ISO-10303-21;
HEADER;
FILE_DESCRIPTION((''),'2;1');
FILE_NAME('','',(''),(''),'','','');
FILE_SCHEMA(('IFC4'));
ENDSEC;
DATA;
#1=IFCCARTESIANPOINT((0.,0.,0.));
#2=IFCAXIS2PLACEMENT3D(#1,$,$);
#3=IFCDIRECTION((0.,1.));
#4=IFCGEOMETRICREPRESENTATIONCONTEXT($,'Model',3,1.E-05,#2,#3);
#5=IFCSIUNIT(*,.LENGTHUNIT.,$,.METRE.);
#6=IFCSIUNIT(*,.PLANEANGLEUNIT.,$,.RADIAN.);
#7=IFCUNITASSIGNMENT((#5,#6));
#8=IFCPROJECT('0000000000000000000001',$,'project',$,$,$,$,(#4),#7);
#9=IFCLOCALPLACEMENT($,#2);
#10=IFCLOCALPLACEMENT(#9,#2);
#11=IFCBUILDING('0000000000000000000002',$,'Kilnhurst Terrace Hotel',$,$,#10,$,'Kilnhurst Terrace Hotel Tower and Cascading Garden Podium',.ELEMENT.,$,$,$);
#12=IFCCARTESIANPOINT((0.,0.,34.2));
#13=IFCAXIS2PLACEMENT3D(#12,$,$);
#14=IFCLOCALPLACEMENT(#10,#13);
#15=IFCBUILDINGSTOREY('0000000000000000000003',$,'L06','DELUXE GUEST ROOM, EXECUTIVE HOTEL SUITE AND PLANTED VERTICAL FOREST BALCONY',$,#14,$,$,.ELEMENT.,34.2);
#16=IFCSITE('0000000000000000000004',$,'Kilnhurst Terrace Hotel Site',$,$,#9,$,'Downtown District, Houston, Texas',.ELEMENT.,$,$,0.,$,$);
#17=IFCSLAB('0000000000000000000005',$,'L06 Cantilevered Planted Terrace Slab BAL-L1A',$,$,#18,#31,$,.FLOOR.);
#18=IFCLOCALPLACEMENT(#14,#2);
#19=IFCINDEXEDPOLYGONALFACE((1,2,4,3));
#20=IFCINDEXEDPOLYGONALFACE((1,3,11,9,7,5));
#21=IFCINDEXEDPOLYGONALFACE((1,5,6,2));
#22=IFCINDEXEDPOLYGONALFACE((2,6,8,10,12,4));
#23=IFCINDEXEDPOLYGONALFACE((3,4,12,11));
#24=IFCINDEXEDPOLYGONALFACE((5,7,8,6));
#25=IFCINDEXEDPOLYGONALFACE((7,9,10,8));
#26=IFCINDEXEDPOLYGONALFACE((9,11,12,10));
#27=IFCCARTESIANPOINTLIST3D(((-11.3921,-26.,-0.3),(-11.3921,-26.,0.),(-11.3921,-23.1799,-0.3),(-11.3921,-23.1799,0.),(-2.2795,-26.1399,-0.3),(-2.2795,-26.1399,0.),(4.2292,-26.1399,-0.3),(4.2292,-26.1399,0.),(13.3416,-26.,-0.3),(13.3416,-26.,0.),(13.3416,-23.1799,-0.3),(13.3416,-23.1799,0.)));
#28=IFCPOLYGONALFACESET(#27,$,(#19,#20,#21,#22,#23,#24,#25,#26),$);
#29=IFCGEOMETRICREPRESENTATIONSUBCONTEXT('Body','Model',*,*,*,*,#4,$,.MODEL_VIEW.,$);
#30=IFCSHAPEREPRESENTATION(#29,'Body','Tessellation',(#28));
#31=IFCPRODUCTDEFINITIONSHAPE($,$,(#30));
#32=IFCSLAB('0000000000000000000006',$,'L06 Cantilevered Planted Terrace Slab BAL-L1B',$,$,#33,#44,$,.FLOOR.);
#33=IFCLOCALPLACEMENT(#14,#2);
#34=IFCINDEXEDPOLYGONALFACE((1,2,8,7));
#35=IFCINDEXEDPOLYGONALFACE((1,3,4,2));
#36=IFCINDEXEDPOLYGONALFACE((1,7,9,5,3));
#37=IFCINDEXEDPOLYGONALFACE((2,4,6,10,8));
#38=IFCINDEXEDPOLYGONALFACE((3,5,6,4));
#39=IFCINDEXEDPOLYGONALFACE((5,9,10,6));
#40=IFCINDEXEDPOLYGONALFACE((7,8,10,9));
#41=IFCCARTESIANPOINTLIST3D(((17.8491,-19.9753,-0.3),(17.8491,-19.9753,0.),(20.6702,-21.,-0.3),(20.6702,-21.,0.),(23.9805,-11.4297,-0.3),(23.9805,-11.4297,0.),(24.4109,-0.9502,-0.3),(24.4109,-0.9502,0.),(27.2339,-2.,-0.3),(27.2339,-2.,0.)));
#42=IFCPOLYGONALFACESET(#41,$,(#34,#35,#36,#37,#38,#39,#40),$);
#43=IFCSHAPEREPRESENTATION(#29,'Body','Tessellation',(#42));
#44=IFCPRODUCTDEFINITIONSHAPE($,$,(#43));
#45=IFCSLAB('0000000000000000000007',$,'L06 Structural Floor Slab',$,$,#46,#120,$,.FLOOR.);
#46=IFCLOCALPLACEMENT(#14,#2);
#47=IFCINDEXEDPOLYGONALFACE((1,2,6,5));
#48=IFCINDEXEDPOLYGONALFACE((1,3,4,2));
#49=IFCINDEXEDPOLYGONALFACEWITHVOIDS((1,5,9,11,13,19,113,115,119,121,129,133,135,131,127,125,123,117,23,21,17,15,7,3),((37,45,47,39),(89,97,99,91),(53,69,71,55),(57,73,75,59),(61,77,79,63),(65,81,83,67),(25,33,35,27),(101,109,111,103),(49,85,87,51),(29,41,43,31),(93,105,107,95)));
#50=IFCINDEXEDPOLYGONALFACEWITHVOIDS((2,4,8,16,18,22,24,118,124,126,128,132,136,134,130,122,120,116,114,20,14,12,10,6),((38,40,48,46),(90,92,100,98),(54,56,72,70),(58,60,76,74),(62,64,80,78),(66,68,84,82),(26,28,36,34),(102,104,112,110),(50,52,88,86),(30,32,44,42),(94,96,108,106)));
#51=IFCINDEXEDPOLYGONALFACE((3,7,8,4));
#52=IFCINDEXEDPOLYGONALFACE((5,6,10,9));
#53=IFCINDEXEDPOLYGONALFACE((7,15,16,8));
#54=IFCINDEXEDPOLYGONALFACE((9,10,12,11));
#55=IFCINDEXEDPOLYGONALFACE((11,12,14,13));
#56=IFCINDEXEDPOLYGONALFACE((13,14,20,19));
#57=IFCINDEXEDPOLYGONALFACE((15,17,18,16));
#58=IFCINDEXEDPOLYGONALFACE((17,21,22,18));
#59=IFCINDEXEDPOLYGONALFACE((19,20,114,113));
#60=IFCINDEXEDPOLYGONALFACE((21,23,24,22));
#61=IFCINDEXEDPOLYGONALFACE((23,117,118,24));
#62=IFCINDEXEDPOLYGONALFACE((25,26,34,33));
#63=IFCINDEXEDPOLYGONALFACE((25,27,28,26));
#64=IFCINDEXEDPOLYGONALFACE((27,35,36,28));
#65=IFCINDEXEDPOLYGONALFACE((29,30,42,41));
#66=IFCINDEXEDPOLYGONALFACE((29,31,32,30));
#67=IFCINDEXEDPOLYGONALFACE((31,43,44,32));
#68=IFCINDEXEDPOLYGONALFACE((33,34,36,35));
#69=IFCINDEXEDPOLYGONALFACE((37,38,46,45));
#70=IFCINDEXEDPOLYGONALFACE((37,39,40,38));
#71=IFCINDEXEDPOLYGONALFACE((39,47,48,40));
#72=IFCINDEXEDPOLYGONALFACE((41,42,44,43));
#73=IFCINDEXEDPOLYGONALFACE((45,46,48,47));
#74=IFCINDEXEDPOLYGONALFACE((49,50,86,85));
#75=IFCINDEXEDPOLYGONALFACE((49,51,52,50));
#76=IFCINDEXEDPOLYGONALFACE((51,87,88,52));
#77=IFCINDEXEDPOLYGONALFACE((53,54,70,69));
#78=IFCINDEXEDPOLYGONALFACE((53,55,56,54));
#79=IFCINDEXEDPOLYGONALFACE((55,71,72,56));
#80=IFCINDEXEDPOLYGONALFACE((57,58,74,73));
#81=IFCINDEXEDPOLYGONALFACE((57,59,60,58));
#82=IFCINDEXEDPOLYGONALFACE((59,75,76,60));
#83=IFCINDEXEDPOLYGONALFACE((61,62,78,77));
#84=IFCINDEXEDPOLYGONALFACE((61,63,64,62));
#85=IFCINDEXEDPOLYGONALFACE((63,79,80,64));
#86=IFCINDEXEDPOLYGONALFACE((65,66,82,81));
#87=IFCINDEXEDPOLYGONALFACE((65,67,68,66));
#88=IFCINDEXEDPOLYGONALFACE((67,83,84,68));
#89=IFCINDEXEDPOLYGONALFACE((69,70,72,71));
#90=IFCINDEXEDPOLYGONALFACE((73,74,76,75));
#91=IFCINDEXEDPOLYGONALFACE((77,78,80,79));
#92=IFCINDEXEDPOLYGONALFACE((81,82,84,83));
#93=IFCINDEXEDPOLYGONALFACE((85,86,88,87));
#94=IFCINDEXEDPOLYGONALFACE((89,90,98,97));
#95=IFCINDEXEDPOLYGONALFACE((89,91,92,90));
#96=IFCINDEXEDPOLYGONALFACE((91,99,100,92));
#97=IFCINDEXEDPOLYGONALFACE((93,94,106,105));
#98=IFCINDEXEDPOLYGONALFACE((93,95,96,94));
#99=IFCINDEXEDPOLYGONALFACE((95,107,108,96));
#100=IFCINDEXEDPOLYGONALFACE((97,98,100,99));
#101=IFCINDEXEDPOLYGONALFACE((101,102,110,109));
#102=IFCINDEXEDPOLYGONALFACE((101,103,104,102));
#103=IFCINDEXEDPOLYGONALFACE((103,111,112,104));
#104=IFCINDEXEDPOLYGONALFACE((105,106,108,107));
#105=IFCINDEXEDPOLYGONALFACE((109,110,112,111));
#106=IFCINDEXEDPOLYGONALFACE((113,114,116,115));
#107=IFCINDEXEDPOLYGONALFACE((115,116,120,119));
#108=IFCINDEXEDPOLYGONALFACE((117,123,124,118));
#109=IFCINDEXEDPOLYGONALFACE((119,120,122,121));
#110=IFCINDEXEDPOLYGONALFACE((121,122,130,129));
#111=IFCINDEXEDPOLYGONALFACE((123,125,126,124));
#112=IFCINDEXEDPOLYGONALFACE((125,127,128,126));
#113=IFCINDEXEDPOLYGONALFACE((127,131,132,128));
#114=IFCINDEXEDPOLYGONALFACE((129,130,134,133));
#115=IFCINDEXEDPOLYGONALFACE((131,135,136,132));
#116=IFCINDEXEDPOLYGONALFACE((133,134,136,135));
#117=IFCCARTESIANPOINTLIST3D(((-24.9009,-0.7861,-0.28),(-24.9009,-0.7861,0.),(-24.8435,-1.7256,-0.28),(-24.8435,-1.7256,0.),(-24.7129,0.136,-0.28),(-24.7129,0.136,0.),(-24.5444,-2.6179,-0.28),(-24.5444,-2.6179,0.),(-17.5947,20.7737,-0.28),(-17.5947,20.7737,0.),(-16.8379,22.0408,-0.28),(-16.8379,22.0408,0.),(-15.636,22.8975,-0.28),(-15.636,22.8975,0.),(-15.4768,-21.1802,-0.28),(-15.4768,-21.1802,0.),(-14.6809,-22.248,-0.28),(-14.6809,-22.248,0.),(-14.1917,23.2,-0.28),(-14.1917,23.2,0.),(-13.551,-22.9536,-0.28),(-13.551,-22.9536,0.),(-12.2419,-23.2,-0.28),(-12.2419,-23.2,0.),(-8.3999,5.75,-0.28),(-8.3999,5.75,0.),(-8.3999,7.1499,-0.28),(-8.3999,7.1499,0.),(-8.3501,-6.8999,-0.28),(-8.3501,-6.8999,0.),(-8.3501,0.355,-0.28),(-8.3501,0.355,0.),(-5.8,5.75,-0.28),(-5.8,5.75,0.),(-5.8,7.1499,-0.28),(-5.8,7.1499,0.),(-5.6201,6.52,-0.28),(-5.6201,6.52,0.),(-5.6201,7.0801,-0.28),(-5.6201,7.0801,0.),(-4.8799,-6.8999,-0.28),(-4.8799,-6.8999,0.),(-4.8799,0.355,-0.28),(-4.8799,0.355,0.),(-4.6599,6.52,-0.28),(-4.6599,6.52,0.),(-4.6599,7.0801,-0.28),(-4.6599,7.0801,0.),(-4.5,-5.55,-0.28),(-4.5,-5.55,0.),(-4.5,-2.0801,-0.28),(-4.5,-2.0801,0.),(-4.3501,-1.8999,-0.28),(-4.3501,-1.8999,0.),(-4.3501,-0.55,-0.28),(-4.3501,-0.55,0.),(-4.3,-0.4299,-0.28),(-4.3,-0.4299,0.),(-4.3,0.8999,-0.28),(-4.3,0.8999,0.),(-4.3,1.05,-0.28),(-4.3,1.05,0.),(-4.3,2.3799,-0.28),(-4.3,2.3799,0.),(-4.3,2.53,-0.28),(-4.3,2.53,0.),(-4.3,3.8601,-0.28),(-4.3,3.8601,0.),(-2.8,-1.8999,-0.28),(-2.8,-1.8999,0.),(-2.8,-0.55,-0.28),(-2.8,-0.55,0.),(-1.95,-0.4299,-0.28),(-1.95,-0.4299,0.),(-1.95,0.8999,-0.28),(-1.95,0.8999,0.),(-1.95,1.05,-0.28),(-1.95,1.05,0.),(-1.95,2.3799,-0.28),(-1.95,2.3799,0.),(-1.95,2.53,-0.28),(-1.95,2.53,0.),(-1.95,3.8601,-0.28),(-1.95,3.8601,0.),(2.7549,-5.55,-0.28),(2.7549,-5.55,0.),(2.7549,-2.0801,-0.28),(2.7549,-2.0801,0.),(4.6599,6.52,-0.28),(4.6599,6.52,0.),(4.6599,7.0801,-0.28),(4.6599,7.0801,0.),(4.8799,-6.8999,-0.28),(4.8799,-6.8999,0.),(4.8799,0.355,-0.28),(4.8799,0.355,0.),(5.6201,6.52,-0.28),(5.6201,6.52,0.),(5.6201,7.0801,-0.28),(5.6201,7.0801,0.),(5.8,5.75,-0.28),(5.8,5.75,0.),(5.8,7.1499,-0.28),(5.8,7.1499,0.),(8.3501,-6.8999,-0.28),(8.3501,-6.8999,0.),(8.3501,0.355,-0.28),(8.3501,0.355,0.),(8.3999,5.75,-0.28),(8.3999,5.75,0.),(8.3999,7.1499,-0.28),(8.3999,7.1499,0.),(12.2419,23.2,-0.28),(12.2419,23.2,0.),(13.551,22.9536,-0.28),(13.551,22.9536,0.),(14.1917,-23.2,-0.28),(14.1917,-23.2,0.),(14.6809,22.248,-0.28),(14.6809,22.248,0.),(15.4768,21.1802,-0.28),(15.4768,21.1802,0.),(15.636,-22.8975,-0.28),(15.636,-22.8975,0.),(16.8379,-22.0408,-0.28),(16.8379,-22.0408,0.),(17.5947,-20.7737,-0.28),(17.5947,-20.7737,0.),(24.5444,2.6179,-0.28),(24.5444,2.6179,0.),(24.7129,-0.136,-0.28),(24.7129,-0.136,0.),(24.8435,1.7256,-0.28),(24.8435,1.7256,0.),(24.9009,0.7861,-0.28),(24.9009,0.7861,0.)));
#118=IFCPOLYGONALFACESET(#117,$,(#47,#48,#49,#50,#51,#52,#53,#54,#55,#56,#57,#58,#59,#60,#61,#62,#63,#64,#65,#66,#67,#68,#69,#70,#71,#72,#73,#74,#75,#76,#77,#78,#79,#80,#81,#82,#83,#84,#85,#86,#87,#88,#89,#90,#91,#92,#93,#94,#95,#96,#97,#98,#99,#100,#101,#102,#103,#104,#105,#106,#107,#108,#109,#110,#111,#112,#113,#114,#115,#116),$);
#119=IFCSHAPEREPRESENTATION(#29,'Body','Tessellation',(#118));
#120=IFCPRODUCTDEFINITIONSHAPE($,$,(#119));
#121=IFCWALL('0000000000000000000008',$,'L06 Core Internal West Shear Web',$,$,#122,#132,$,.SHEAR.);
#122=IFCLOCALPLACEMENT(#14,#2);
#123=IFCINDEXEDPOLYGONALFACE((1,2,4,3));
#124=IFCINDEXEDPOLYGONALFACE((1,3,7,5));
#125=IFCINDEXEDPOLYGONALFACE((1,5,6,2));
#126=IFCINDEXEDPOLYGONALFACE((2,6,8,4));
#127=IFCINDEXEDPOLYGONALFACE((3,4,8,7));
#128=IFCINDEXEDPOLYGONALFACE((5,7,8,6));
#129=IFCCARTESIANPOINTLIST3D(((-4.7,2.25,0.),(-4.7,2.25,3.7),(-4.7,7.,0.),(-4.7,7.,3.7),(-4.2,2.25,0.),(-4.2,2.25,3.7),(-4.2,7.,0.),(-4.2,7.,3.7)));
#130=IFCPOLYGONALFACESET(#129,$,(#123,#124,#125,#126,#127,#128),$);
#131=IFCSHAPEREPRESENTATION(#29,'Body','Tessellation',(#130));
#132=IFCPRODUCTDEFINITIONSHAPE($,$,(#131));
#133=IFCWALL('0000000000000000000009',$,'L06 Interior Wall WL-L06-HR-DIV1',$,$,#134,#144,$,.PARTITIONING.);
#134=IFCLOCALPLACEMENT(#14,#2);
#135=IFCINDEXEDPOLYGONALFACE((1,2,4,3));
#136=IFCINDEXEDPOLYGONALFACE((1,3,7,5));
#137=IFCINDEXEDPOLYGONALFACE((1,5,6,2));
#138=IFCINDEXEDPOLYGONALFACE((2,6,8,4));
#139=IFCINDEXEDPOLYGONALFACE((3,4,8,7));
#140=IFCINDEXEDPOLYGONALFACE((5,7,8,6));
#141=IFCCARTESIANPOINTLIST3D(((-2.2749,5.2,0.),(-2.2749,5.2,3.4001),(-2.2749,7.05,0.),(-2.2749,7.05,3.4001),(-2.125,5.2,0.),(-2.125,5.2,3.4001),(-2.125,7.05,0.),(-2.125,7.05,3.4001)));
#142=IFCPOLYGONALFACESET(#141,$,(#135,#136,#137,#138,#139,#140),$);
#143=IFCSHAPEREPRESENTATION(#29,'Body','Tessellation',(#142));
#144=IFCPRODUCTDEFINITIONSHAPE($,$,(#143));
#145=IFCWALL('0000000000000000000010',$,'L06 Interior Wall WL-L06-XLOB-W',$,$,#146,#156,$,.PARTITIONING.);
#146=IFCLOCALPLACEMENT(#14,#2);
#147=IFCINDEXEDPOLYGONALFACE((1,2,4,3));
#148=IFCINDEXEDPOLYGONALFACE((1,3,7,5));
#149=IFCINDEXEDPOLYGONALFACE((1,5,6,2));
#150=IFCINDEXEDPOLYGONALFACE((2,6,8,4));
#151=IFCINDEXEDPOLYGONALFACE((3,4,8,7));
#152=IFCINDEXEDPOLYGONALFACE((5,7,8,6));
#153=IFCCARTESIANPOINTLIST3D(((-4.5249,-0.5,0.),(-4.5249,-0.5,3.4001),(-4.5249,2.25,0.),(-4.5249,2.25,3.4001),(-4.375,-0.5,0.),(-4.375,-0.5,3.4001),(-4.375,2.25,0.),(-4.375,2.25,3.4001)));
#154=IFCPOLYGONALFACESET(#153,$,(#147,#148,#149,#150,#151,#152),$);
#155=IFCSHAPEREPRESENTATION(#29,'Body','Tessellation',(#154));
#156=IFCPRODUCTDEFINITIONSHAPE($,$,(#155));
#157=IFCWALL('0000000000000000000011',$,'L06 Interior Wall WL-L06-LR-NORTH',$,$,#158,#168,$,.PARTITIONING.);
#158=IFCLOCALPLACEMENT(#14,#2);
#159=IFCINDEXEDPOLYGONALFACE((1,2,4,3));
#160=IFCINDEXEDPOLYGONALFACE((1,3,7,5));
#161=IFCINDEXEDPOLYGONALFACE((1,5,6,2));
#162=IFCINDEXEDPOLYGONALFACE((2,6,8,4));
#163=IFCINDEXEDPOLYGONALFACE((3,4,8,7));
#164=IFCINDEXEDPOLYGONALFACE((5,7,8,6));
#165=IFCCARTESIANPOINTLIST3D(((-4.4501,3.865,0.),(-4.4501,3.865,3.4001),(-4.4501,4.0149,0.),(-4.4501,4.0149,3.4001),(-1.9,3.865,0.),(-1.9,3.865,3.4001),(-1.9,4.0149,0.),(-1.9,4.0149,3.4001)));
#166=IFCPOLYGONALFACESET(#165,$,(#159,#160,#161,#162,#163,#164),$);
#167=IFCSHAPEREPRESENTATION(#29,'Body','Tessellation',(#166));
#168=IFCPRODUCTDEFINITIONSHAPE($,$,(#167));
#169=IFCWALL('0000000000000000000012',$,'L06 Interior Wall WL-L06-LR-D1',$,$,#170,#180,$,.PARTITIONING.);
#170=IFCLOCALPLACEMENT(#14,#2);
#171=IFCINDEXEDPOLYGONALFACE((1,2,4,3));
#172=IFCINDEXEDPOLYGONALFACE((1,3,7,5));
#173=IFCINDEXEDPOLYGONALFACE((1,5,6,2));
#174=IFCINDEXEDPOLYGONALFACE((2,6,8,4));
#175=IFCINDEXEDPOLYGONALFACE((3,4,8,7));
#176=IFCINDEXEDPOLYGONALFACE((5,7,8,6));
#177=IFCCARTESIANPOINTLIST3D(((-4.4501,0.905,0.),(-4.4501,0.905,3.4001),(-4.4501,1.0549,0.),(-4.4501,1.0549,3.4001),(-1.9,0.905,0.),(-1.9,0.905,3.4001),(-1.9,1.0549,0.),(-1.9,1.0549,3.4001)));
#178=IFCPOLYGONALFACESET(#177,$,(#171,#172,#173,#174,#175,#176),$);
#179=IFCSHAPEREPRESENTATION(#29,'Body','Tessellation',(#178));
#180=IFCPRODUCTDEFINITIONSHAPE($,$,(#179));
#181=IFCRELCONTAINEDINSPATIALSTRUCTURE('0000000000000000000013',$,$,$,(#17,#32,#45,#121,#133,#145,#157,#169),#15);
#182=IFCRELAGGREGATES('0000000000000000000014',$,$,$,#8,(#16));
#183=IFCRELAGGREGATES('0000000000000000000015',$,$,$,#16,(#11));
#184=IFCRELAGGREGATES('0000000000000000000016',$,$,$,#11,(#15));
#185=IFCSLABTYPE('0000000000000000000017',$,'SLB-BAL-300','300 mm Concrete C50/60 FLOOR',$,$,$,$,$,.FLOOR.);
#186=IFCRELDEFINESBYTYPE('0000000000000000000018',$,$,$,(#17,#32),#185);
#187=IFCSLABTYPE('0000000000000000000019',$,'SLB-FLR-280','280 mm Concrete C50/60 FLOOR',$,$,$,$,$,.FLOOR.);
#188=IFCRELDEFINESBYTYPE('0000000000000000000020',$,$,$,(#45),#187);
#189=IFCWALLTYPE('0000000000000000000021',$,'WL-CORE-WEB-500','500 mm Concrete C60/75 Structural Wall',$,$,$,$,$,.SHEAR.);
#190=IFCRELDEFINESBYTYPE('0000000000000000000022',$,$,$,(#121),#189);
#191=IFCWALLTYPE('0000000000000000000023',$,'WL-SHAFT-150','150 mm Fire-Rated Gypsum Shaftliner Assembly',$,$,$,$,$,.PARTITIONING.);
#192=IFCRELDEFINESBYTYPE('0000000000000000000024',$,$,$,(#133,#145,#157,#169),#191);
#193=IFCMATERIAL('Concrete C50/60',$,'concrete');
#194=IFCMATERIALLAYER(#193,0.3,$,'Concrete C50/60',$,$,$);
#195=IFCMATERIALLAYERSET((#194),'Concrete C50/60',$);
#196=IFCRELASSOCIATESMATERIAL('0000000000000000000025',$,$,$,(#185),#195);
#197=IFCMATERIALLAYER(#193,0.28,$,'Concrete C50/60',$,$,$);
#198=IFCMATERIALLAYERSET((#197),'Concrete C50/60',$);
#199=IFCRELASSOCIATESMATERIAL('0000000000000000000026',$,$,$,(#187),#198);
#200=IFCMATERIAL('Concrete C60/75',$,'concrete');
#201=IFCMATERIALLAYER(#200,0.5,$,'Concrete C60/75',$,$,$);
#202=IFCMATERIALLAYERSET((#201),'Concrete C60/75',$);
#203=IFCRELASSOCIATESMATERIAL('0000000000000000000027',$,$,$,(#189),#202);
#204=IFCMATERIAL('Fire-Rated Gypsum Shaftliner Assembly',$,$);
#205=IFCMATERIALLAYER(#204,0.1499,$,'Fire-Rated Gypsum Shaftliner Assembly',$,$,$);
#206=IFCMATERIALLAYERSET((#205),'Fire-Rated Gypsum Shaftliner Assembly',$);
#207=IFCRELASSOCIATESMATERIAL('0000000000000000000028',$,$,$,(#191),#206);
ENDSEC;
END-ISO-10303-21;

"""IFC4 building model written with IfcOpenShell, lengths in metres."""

from ifc_helpers import new_model, si_unit, direction, frame, frame_2d, origin, place, context, subcontext, project, spatial, polyline, rectangle, outline, extrude, material, layer, layer_set, type_object, element, save


model = new_model("IFC4")

# Units and contexts
model_context = context("Model", 3, precision=1e-05, world=origin(), true_north=direction((0.0, 1.0)))
body_context = subcontext(model_context, "Body", "Model", "MODEL_VIEW")
ifc_project = project(units=[si_unit("LENGTHUNIT", "METRE"), si_unit("PLANEANGLEUNIT", "RADIAN")], contexts=[model_context])

# Site, building, storey
site_placement = place(None, origin())
site = spatial("IfcSite", under=ifc_project, at=site_placement, Name="Kilnhurst Terrace Hotel Site", LongName="Downtown District, Houston, Texas", CompositionType="ELEMENT", RefElevation=0.0)
building_placement = place(site_placement, origin())
building = spatial("IfcBuilding", under=site, at=building_placement, Name="Kilnhurst Terrace Hotel", LongName="Kilnhurst Terrace Hotel Tower and Cascading Garden Podium", CompositionType="ELEMENT")
storey_placement = place(building_placement, frame((0.0, 0.0, 34.2)))
storey = spatial("IfcBuildingStorey", under=building, at=storey_placement, Name="L06", Description="DELUXE GUEST ROOM, EXECUTIVE HOTEL SUITE AND PLANTED VERTICAL FOREST BALCONY", CompositionType="ELEMENT", Elevation=34.2)

# Slabs
ifc_material_1 = material(Name="Concrete C50/60", Category="concrete")
ifc_layer_1 = layer(ifc_material_1, 0.3, Name="Concrete C50/60")
ifc_layer_set_1 = layer_set([ifc_layer_1], Name="Concrete C50/60")
slab_type_1 = type_object("IfcSlabType", Name="SLB-BAL-300", Description="300 mm Concrete C50/60 FLOOR", PredefinedType="FLOOR", material=ifc_layer_set_1)
slab_1_placement = place(storey_placement, frame((0.0, 0.0, -0.3)))
element("IfcSlab", 1, at=slab_1_placement, inside=storey, type_object=slab_type_1, Name="L06 Cantilevered Planted Terrace Slab BAL-L1A", PredefinedType="FLOOR", context=body_context, shape_type="SweptSolid", body=[
    extrude(outline(polyline([(4.2292, -26.1399), (-2.2795, -26.1399), (-11.3921, -26.0), (-11.3921, -23.1799), (13.3416, -23.1799), (13.3416, -26.0), (4.2292, -26.1399)])), origin(), (0.0, 0.0, 1.0), 0.3),
])
slab_2_placement = place(storey_placement, frame((0.0, 0.0, -0.3)))
element("IfcSlab", 2, at=slab_2_placement, inside=storey, type_object=slab_type_1, Name="L06 Cantilevered Planted Terrace Slab BAL-L1B", PredefinedType="FLOOR", context=body_context, shape_type="SweptSolid", body=[
    extrude(outline(polyline([(20.6702, -21.0), (17.8491, -19.9753), (24.4109, -0.9502), (27.2339, -2.0), (23.9805, -11.4297), (20.6702, -21.0)])), origin(), (0.0, 0.0, 1.0), 0.3),
])
ifc_layer_2 = layer(ifc_material_1, 0.28, Name="Concrete C50/60")
ifc_layer_set_2 = layer_set([ifc_layer_2], Name="Concrete C50/60")
slab_type_2 = type_object("IfcSlabType", Name="SLB-FLR-280", Description="280 mm Concrete C50/60 FLOOR", PredefinedType="FLOOR", material=ifc_layer_set_2)
slab_3_placement = place(storey_placement, frame((0.0, 0.0, -0.28)))
element("IfcSlab", 3, at=slab_3_placement, inside=storey, type_object=slab_type_2, Name="L06 Structural Floor Slab", PredefinedType="FLOOR", context=body_context, shape_type="SweptSolid", body=[
    extrude(outline(polyline([(-15.4768, -21.1802), (-14.6809, -22.248), (-13.551, -22.9536), (-12.2419, -23.2), (14.1917, -23.2), (15.636, -22.8975), (16.8379, -22.0408), (17.5947, -20.7737), (24.7129, -0.136), (24.9009, 0.7861), (24.8435, 1.7256), (24.5444, 2.6179), (15.4768, 21.1802), (14.6809, 22.248), (13.551, 22.9536), (12.2419, 23.2), (-14.1917, 23.2), (-15.636, 22.8975), (-16.8379, 22.0408), (-17.5947, 20.7737), (-24.7129, 0.136), (-24.9009, -0.7861), (-24.8435, -1.7256), (-24.5444, -2.6179), (-15.4768, -21.1802)]), holes=[polyline([(-8.3501, 0.355), (-4.8799, 0.355), (-4.8799, -6.8999), (-8.3501, -6.8999), (-8.3501, 0.355)]), polyline([(-2.8, -1.8999), (-4.3501, -1.8999), (-4.3501, -0.55), (-2.8, -0.55), (-2.8, -1.8999)]), polyline([(-1.95, -0.4299), (-4.3, -0.4299), (-4.3, 0.8999), (-1.95, 0.8999), (-1.95, -0.4299)]), polyline([(-4.3, 1.05), (-4.3, 2.3799), (-1.95, 2.3799), (-1.95, 1.05), (-4.3, 1.05)]), polyline([(-8.3999, 5.75), (-8.3999, 7.1499), (-5.8, 7.1499), (-5.8, 5.75), (-8.3999, 5.75)]), polyline([(-4.6599, 6.52), (-5.6201, 6.52), (-5.6201, 7.0801), (-4.6599, 7.0801), (-4.6599, 6.52)]), polyline([(2.7549, -5.55), (-4.5, -5.55), (-4.5, -2.0801), (2.7549, -2.0801), (2.7549, -5.55)]), polyline([(8.3501, 0.355), (8.3501, -6.8999), (4.8799, -6.8999), (4.8799, 0.355), (8.3501, 0.355)]), polyline([(-1.95, 2.53), (-4.3, 2.53), (-4.3, 3.8601), (-1.95, 3.8601), (-1.95, 2.53)]), polyline([(5.8, 5.75), (5.8, 7.1499), (8.3999, 7.1499), (8.3999, 5.75), (5.8, 5.75)]), polyline([(4.6599, 6.52), (4.6599, 7.0801), (5.6201, 7.0801), (5.6201, 6.52), (4.6599, 6.52)])]), origin(), (0.0, 0.0, 1.0), 0.28),
])

# Walls
ifc_material_2 = material(Name="Concrete C60/75", Category="concrete")
ifc_layer_3 = layer(ifc_material_2, 0.5, Name="Concrete C60/75")
ifc_layer_set_3 = layer_set([ifc_layer_3], Name="Concrete C60/75")
wall_type_1 = type_object("IfcWallType", Name="WL-CORE-WEB-500", Description="500 mm Concrete C60/75 Structural Wall", PredefinedType="SHEAR", material=ifc_layer_set_3)
wall_1_placement = place(storey_placement, frame((-4.45, 2.25, 0.0), z_axis=(0.0, 0.0, 1.0), x_axis=(0.0, 1.0, 0.0)))
element("IfcWall", 4, at=wall_1_placement, inside=storey, type_object=wall_type_1, Name="L06 Core Internal West Shear Web", PredefinedType="SHEAR", context=body_context, shape_type="SweptSolid", body=[
    extrude(rectangle(XDim=4.75, YDim=0.5, at=frame_2d((2.375, 0.0))), origin(), (0.0, 0.0, 1.0), 3.7),
])
ifc_material_3 = material(Name="Fire-Rated Gypsum Shaftliner Assembly")
ifc_layer_4 = layer(ifc_material_3, 0.1499, Name="Fire-Rated Gypsum Shaftliner Assembly")
ifc_layer_set_4 = layer_set([ifc_layer_4], Name="Fire-Rated Gypsum Shaftliner Assembly")
wall_type_2 = type_object("IfcWallType", Name="WL-SHAFT-150", Description="150 mm Fire-Rated Gypsum Shaftliner Assembly", PredefinedType="PARTITIONING", material=ifc_layer_set_4)
wall_2_placement = place(storey_placement, frame((-2.2, 5.2, 0.0), z_axis=(0.0, 0.0, 1.0), x_axis=(0.0, 1.0, 0.0)))
element("IfcWall", 5, at=wall_2_placement, inside=storey, type_object=wall_type_2, Name="L06 Interior Wall WL-L06-HR-DIV1", PredefinedType="PARTITIONING", context=body_context, shape_type="SweptSolid", body=[
    extrude(rectangle(XDim=1.8501, YDim=0.1499, at=frame_2d((0.925, 0.0))), origin(), (0.0, 0.0, 1.0), 3.4001),
])
wall_3_placement = place(storey_placement, frame((-4.45, -0.5, 0.0), z_axis=(0.0, 0.0, 1.0), x_axis=(0.0, 1.0, 0.0)))
element("IfcWall", 6, at=wall_3_placement, inside=storey, type_object=wall_type_2, Name="L06 Interior Wall WL-L06-XLOB-W", PredefinedType="PARTITIONING", context=body_context, shape_type="SweptSolid", body=[
    extrude(rectangle(XDim=2.75, YDim=0.1499, at=frame_2d((1.375, 0.0))), origin(), (0.0, 0.0, 1.0), 3.4001),
])
for number, where, z_axis, x_axis, name in (
    (7, (-4.45, 3.9399, 0.0), (0.0, 0.0, 1.0), (1.0, 0.0, 0.0), "L06 Interior Wall WL-L06-LR-NORTH"),
    (8, (-4.45, 0.98, 0.0), (0.0, 0.0, 1.0), (1.0, 0.0, 0.0), "L06 Interior Wall WL-L06-LR-D1"),
):
    element("IfcWall", number, at=place(storey_placement, frame(where, z_axis=z_axis, x_axis=x_axis)), inside=storey, type_object=wall_type_2, Name=name, PredefinedType="PARTITIONING", context=body_context, shape_type="SweptSolid", body=[
        extrude(rectangle(XDim=2.55, YDim=0.1499, at=frame_2d((1.2749, 0.0))), origin(), (0.0, 0.0, 1.0), 3.4001),
    ])

save(model, "model.ifc")
